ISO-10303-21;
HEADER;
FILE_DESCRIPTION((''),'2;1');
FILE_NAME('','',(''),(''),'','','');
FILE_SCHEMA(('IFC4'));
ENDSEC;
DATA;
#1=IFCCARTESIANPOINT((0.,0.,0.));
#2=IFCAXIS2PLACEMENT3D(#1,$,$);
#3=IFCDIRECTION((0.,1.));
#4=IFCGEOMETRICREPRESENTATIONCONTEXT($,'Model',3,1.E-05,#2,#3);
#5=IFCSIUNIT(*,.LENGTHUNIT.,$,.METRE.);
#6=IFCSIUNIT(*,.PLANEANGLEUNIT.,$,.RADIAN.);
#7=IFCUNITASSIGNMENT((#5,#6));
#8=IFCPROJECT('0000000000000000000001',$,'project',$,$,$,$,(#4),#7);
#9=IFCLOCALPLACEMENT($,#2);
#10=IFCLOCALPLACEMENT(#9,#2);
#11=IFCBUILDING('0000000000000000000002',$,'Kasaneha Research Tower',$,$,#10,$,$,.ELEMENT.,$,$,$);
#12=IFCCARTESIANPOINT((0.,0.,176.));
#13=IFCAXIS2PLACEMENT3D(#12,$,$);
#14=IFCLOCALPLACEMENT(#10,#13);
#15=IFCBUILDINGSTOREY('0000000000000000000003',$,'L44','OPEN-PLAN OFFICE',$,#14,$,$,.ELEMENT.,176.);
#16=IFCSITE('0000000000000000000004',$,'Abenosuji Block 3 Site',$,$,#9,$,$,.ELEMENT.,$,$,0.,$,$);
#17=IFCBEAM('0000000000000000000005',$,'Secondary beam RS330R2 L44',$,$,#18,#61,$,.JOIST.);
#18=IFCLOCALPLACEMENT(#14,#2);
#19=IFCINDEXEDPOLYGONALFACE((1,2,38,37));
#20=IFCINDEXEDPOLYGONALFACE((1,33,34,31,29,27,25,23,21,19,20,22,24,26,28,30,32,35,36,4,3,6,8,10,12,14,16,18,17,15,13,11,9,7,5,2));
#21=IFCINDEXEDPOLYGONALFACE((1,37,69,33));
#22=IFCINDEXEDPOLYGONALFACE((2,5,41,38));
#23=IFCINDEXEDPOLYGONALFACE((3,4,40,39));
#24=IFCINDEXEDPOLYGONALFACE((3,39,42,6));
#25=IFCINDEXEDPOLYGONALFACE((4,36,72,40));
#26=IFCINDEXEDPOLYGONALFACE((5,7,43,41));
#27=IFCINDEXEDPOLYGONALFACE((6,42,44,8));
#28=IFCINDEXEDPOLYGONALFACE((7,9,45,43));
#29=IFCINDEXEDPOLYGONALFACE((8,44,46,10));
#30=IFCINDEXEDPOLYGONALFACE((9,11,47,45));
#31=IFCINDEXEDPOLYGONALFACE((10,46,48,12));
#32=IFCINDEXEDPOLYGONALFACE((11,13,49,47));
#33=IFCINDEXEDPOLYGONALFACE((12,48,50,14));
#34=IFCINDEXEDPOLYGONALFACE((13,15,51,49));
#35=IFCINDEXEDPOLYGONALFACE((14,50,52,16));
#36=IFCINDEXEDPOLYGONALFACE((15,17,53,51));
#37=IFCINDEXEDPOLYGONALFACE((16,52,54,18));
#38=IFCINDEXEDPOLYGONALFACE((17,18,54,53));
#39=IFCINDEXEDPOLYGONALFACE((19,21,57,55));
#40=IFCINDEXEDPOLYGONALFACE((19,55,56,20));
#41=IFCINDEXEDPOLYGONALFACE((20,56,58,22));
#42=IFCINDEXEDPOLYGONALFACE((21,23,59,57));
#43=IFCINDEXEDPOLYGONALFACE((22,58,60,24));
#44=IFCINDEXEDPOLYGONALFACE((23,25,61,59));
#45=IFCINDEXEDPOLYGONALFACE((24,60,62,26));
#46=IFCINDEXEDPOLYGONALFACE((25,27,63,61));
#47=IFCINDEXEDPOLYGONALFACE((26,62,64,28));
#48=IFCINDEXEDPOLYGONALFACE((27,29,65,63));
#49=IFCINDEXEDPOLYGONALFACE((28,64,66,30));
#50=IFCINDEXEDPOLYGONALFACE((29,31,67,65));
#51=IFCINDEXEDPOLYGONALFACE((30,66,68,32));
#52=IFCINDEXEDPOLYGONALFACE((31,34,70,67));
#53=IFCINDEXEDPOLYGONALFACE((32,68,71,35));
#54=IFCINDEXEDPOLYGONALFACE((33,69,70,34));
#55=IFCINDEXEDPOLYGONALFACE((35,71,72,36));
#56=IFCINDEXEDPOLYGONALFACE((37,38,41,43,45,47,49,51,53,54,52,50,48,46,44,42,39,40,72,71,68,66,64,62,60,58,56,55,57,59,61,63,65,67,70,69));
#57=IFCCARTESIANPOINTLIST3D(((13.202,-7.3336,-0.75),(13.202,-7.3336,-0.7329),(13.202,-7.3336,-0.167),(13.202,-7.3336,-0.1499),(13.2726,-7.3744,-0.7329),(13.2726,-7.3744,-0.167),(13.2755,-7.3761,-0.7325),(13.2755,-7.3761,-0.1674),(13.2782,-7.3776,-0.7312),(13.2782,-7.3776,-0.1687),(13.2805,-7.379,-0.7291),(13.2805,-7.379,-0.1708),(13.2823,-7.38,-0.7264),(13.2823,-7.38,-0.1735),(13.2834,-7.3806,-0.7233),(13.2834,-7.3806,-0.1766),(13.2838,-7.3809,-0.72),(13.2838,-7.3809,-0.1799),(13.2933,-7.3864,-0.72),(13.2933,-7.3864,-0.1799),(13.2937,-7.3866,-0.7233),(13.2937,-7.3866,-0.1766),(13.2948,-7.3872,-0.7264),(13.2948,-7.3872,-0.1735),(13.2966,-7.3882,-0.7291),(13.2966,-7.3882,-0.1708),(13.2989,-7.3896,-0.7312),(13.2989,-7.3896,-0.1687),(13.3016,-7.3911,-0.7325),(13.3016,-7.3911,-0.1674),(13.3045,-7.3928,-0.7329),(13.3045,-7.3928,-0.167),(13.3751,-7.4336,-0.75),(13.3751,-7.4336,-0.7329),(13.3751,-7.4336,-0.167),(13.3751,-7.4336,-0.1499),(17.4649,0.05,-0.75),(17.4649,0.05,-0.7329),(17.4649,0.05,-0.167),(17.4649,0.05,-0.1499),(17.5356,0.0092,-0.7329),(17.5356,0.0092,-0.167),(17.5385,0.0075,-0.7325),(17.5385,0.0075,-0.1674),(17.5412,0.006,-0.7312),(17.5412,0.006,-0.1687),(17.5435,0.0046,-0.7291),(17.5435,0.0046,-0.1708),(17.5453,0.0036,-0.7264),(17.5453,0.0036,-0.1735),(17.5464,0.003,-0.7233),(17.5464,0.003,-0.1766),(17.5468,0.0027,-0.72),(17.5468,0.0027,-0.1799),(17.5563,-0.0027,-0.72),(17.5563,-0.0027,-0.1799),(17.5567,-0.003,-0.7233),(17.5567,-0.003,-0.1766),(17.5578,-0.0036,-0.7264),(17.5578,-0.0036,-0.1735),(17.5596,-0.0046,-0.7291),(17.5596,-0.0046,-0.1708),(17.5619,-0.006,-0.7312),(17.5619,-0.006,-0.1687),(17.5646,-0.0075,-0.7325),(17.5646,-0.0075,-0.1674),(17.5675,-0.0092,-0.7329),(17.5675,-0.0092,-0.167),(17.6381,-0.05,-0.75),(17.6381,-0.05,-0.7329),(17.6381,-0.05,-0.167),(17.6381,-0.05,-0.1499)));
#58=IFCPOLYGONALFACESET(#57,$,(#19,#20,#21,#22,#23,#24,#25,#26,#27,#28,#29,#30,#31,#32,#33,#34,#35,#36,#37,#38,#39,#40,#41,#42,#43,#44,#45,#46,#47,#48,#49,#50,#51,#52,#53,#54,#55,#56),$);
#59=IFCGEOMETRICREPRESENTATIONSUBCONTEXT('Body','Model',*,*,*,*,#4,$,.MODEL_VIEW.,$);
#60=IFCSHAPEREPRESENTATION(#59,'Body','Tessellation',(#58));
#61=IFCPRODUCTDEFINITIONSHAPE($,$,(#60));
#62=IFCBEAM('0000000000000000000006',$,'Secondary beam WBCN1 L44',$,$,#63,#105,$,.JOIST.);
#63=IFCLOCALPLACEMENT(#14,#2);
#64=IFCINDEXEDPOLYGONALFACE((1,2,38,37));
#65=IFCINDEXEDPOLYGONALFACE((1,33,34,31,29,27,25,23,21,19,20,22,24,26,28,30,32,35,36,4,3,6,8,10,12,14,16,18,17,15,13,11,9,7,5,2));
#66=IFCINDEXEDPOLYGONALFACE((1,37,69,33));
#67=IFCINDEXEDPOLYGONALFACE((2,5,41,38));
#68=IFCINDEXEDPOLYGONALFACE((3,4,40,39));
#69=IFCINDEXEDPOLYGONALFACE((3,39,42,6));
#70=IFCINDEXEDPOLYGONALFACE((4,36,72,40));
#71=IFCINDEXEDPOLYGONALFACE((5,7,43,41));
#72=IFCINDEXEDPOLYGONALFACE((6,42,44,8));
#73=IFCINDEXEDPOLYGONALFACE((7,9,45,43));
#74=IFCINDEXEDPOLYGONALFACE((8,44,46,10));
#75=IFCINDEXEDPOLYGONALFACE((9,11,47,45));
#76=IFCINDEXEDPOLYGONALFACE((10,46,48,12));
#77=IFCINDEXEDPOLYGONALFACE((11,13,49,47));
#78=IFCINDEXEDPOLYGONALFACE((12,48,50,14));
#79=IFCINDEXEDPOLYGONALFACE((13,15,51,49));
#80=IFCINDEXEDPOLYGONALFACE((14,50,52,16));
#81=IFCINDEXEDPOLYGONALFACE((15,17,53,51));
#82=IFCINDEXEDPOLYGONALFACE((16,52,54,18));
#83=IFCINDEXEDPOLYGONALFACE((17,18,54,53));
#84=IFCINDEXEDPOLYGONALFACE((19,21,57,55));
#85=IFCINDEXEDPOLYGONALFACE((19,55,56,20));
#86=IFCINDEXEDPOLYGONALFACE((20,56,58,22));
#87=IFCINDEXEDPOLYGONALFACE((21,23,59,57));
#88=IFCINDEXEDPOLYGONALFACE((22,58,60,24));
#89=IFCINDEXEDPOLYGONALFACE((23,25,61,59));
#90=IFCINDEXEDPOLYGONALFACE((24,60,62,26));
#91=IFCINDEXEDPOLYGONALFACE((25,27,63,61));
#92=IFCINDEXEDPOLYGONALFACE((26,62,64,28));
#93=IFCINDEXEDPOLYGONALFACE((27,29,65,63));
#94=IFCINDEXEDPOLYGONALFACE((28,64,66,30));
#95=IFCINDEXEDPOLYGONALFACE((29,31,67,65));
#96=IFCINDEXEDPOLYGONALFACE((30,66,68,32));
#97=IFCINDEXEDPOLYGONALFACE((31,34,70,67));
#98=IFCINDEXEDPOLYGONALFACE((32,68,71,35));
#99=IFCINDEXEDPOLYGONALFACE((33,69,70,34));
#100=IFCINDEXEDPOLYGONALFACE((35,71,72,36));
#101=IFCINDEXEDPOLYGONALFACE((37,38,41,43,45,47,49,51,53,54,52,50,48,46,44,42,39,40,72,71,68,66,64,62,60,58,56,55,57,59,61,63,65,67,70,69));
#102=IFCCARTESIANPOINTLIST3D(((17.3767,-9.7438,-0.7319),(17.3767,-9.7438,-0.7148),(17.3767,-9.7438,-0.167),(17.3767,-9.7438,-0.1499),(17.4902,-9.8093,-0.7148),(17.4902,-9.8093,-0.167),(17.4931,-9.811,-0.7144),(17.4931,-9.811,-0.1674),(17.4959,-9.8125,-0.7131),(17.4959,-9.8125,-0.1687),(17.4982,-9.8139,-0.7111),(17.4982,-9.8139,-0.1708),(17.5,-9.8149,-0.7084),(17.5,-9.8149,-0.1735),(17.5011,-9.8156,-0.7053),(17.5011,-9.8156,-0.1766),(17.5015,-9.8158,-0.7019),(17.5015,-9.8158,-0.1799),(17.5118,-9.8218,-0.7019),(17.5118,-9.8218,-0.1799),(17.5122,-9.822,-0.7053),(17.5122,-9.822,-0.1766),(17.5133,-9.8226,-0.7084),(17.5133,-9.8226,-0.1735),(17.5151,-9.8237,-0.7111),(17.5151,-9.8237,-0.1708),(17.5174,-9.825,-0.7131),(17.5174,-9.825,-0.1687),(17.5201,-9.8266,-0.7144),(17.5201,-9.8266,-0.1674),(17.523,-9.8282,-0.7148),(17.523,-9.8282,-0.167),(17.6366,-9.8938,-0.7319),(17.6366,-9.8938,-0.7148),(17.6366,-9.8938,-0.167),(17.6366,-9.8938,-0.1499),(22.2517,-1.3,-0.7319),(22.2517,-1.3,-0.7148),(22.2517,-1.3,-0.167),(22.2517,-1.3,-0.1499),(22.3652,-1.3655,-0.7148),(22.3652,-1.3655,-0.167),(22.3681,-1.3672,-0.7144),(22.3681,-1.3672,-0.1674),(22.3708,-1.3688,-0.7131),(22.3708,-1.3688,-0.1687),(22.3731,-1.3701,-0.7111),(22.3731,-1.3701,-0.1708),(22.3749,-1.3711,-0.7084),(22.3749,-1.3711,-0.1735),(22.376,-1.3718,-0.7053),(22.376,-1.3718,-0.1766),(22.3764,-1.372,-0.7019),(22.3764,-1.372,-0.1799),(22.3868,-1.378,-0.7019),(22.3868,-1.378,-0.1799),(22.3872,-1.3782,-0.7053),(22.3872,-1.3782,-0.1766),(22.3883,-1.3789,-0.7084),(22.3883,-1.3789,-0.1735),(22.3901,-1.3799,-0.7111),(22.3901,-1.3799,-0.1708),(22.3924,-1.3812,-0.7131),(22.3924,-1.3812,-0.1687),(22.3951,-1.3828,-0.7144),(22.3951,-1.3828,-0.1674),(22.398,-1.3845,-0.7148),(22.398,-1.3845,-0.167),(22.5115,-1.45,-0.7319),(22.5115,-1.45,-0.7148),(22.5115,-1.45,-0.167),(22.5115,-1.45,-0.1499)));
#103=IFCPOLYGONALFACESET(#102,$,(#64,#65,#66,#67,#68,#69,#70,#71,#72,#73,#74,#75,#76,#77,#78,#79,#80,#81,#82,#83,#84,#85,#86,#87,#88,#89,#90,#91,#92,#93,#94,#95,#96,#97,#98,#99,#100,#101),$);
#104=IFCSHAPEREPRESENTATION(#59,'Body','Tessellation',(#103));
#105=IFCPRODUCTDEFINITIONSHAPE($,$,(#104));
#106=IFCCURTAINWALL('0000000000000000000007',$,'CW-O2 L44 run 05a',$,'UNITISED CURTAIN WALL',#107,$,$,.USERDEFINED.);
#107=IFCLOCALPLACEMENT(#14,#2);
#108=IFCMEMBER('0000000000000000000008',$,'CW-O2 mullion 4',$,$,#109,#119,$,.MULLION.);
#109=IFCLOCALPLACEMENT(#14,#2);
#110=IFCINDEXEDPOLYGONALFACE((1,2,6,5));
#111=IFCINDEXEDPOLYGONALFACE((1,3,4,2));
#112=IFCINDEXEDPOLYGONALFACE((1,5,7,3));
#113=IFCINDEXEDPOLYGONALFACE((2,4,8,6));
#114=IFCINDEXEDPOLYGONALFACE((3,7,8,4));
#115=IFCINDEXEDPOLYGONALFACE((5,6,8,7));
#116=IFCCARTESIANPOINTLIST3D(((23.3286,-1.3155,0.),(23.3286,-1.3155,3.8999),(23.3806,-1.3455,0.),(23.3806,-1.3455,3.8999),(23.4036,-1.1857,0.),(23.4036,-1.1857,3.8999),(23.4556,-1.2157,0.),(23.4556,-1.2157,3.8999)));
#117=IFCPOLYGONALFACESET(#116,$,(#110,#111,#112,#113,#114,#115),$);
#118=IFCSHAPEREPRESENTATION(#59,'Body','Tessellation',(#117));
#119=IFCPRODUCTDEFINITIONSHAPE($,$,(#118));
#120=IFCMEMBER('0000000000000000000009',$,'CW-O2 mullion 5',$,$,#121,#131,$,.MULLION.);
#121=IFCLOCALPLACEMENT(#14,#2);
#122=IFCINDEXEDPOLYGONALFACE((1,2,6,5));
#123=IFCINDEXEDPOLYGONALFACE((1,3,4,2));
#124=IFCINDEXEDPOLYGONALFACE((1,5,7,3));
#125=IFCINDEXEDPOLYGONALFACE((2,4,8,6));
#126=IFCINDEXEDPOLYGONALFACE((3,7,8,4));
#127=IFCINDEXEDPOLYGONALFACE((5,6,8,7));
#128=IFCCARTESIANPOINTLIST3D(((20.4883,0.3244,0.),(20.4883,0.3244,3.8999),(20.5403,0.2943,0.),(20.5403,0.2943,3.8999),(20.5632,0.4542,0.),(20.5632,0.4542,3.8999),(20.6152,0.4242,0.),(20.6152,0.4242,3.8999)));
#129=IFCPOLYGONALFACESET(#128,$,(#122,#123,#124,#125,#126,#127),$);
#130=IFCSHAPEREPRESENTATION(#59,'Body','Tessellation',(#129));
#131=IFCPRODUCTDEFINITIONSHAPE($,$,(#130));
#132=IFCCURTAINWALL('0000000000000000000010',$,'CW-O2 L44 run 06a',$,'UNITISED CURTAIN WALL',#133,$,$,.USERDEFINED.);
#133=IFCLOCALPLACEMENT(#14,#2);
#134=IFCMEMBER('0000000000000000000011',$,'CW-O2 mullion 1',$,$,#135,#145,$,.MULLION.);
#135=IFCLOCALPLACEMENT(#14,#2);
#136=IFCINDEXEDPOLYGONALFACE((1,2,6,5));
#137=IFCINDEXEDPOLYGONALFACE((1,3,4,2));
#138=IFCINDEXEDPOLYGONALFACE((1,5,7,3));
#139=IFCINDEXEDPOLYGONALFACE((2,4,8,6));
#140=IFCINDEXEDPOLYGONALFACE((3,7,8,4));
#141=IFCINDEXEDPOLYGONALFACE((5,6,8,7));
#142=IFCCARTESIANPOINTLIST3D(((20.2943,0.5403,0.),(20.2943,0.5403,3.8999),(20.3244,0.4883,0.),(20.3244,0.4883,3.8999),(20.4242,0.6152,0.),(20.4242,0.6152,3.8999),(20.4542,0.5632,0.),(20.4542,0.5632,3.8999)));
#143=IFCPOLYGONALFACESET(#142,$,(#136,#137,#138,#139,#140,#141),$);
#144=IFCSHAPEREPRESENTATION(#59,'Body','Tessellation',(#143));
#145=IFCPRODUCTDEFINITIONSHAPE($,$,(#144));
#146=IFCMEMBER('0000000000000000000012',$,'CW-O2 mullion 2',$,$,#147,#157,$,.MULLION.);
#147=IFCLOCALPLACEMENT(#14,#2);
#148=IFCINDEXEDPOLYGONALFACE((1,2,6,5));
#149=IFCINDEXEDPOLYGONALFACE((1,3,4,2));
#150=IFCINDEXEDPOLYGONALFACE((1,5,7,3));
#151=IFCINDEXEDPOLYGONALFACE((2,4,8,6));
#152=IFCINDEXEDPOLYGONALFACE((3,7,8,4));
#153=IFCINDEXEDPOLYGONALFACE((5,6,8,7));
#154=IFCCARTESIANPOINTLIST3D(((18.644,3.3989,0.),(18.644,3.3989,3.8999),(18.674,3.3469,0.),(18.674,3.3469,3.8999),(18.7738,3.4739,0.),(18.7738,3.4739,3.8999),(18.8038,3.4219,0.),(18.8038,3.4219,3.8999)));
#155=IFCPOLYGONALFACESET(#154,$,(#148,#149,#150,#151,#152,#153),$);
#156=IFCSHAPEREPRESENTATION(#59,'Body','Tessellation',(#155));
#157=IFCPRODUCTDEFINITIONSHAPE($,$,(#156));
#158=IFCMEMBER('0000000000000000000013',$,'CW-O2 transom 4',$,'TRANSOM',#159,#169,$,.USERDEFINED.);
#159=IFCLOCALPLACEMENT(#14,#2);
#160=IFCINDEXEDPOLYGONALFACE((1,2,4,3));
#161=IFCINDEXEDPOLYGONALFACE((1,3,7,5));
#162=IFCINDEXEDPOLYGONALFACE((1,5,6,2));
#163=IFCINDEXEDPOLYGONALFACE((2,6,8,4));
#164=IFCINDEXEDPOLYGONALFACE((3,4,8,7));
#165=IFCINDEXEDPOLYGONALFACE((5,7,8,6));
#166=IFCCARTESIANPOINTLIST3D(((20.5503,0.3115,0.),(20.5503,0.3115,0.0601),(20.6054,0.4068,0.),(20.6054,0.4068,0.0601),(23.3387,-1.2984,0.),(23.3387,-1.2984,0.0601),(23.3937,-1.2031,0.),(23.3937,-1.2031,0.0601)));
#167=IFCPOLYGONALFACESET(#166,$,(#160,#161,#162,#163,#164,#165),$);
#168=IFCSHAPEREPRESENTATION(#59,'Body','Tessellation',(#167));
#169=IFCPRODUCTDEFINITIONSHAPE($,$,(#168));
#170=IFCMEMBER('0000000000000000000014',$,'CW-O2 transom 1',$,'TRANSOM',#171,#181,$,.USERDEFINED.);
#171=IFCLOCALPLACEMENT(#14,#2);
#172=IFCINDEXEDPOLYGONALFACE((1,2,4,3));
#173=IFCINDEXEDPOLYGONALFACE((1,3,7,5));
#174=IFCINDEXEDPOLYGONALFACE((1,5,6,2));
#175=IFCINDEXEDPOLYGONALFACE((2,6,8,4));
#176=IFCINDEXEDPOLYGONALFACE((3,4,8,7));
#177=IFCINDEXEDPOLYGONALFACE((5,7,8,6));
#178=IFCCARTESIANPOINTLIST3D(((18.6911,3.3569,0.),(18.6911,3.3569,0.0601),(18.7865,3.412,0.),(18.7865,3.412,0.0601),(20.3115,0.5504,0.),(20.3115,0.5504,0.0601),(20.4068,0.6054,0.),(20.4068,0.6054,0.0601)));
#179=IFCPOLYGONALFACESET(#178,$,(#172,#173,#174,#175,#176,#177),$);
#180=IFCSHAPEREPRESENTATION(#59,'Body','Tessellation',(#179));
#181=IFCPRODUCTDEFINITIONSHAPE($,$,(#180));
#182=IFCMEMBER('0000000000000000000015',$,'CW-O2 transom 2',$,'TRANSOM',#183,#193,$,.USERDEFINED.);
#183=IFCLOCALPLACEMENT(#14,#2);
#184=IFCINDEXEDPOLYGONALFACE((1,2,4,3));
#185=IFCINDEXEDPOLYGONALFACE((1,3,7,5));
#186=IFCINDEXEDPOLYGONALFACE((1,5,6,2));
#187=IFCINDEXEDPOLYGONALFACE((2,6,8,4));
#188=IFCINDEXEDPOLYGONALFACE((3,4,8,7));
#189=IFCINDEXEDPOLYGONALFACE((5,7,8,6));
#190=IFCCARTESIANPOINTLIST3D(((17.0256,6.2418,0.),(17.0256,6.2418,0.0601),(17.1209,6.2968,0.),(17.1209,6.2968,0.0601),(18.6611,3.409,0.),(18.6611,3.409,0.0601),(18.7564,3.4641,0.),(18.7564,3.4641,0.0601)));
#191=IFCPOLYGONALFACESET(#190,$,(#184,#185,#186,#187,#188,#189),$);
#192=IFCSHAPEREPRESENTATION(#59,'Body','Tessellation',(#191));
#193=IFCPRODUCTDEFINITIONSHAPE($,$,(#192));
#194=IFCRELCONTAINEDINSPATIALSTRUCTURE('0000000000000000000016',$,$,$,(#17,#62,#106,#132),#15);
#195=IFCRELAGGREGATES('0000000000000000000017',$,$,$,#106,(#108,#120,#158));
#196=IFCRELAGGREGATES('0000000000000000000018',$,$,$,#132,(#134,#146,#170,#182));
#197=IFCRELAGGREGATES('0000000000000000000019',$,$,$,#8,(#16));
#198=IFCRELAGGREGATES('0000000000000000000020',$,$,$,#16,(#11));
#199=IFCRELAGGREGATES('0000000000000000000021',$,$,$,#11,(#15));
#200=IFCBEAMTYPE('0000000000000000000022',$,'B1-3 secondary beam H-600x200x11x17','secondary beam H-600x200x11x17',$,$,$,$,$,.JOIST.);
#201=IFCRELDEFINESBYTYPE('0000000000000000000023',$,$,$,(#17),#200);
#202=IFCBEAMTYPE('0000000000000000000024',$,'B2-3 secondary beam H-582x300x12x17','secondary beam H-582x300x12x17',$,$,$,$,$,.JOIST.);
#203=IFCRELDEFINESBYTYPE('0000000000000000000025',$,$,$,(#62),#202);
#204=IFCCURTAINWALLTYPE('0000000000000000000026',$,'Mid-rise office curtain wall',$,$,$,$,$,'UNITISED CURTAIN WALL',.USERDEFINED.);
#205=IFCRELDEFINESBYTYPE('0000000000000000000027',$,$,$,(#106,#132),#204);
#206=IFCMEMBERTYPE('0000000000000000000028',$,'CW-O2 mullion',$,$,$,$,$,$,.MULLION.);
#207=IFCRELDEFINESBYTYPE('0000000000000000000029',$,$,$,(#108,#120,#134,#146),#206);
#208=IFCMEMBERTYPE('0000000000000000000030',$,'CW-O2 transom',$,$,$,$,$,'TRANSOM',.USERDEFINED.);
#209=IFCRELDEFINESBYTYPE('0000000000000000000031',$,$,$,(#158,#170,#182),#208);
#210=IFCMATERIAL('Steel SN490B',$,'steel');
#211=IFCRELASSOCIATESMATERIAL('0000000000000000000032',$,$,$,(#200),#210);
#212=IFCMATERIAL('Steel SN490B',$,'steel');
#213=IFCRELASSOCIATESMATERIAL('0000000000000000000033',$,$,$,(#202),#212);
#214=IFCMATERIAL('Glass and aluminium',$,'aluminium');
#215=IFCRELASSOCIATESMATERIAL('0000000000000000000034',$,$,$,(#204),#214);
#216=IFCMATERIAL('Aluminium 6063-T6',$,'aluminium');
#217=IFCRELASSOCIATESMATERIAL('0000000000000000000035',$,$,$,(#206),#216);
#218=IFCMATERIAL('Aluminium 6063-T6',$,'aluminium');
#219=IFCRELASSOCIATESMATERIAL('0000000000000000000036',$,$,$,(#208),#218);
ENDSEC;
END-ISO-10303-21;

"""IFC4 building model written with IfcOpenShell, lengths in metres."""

from ifc_helpers import new_model, si_unit, direction, frame, origin, origin_2d, place, context, subcontext, project, spatial, rectangle, i_section, extrude, material, material_profile, profile_set, type_object, element, aggregate, save


model = new_model("IFC4")

# Units and contexts
model_context = context("Model", 3, precision=1e-05, world=origin(), true_north=direction((0.0, 1.0)))
body_context = subcontext(model_context, "Body", "Model", "MODEL_VIEW")
ifc_project = project(units=[si_unit("LENGTHUNIT", "METRE"), si_unit("PLANEANGLEUNIT", "RADIAN")], contexts=[model_context])

# Site, building, storey
site_placement = place(None, origin())
site = spatial("IfcSite", under=ifc_project, at=site_placement, Name="Abenosuji Block 3 Site", CompositionType="ELEMENT", RefElevation=0.0)
building_placement = place(site_placement, origin())
building = spatial("IfcBuilding", under=site, at=building_placement, Name="Kasaneha Research Tower", CompositionType="ELEMENT")
storey_placement = place(building_placement, frame((0.0, 0.0, 176.0)))
storey = spatial("IfcBuildingStorey", under=building, at=storey_placement, Name="L44", Description="OPEN-PLAN OFFICE", CompositionType="ELEMENT", Elevation=176.0)

# Beams
ifc_material_1 = material(Name="Steel SN490B", Category="steel")
ifc_material_profile_1 = material_profile(ifc_material_1, i_section(OverallWidth=0.2, OverallDepth=0.6001, WebThickness=0.011, FlangeThickness=0.0171, FilletRadius=0.0129, at=origin_2d()), Name="H-600x200x11x17")
ifc_profile_set_1 = profile_set([ifc_material_profile_1], Name="Steel SN490B")
beam_type_1 = type_object("IfcBeamType", Name="B1-3 secondary beam H-600x200x11x17", Description="secondary beam H-600x200x11x17", PredefinedType="JOIST", material=ifc_profile_set_1)
beam_1_placement = place(storey_placement, frame((17.5515, 0.0, -0.45), z_axis=(-0.500004, -0.866023, 0.0), x_axis=(0.866023, -0.500004, 0.0)))
element("IfcBeam", 1, at=beam_1_placement, inside=storey, type_object=beam_type_1, Name="Secondary beam RS330R2 L44", PredefinedType="JOIST", context=body_context, shape_type="SweptSolid", body=[
    extrude(i_section(OverallWidth=0.2, OverallDepth=0.6001, WebThickness=0.011, FlangeThickness=0.0171, FilletRadius=0.0129, at=origin_2d()), origin(), (0.0, 0.0, 1.0), 8.5259),
])
ifc_material_2 = material(Name="Steel SN490B", Category="steel")
ifc_material_profile_2 = material_profile(ifc_material_2, i_section(OverallWidth=0.3, OverallDepth=0.582, WebThickness=0.012, FlangeThickness=0.0171, FilletRadius=0.0129, at=origin_2d()), Name="H-582x300x12x17")
ifc_profile_set_2 = profile_set([ifc_material_profile_2], Name="Steel SN490B")
beam_type_2 = type_object("IfcBeamType", Name="B2-3 secondary beam H-582x300x12x17", Description="secondary beam H-582x300x12x17", PredefinedType="JOIST", material=ifc_profile_set_2)
beam_2_placement = place(storey_placement, frame((22.3816, -1.375, -0.4409), z_axis=(-0.499996, -0.866028, 0.0), x_axis=(0.866028, -0.499996, 0.0)))
element("IfcBeam", 2, at=beam_2_placement, inside=storey, type_object=beam_type_2, Name="Secondary beam WBCN1 L44", PredefinedType="JOIST", context=body_context, shape_type="SweptSolid", body=[
    extrude(i_section(OverallWidth=0.3, OverallDepth=0.582, WebThickness=0.012, FlangeThickness=0.0171, FilletRadius=0.0129, at=origin_2d()), origin(), (0.0, 0.0, 1.0), 9.75),
])

# Curtain walls, members
ifc_material_3 = material(Name="Glass and aluminium", Category="aluminium")
curtain_wall_type = type_object("IfcCurtainWallType", Name="Mid-rise office curtain wall", ElementType="UNITISED CURTAIN WALL", PredefinedType="USERDEFINED", material=ifc_material_3)
curtain_wall_1_placement = place(storey_placement, origin())
curtain_wall_1 = element("IfcCurtainWall", 3, at=curtain_wall_1_placement, inside=storey, type_object=curtain_wall_type, Name="CW-O2 L44 run 05a", ObjectType="UNITISED CURTAIN WALL", PredefinedType="USERDEFINED")
ifc_material_4 = material(Name="Aluminium 6063-T6", Category="aluminium")
ifc_material_profile_3 = material_profile(ifc_material_4, rectangle(XDim=0.0601, YDim=0.1499, at=origin_2d()), Name="CW-O2 mullion 60x150")
ifc_profile_set_3 = profile_set([ifc_material_profile_3], Name="Aluminium 6063-T6")
member_type_1 = type_object("IfcMemberType", Name="CW-O2 mullion", PredefinedType="MULLION", material=ifc_profile_set_3)
member_1_placement = place(storey_placement, frame((23.3921, -1.2656, 0.0), z_axis=(0.0, 0.0, 1.0), x_axis=(-0.866025, 0.5, 0.0)))
member_1 = element("IfcMember", 4, at=member_1_placement, type_object=member_type_1, Name="CW-O2 mullion 4", PredefinedType="MULLION", context=body_context, shape_type="SweptSolid", body=[
    extrude(rectangle(XDim=0.0601, YDim=0.1499, at=origin_2d()), origin(), (0.0, 0.0, 1.0), 3.8999),
])
member_2_placement = place(storey_placement, frame((20.5518, 0.3743, 0.0), z_axis=(0.0, 0.0, 1.0), x_axis=(-0.866025, 0.5, 0.0)))
member_2 = element("IfcMember", 5, at=member_2_placement, type_object=member_type_1, Name="CW-O2 mullion 5", PredefinedType="MULLION", context=body_context, shape_type="SweptSolid", body=[
    extrude(rectangle(XDim=0.0601, YDim=0.1499, at=origin_2d()), origin(), (0.0, 0.0, 1.0), 3.8999),
])
curtain_wall_2_placement = place(storey_placement, origin())
curtain_wall_2 = element("IfcCurtainWall", 6, at=curtain_wall_2_placement, inside=storey, type_object=curtain_wall_type, Name="CW-O2 L44 run 06a", ObjectType="UNITISED CURTAIN WALL", PredefinedType="USERDEFINED")
member_3_placement = place(storey_placement, frame((20.3743, 0.5518, 0.0), z_axis=(0.0, 0.0, 1.0), x_axis=(-0.5, 0.866025, 0.0)))
member_3 = element("IfcMember", 7, at=member_3_placement, type_object=member_type_1, Name="CW-O2 mullion 1", PredefinedType="MULLION", context=body_context, shape_type="SweptSolid", body=[
    extrude(rectangle(XDim=0.0601, YDim=0.1499, at=origin_2d()), origin(), (0.0, 0.0, 1.0), 3.8999),
])
member_4_placement = place(storey_placement, frame((18.7239, 3.4104, 0.0), z_axis=(0.0, 0.0, 1.0), x_axis=(-0.5, 0.866025, 0.0)))
member_4 = element("IfcMember", 8, at=member_4_placement, type_object=member_type_1, Name="CW-O2 mullion 2", PredefinedType="MULLION", context=body_context, shape_type="SweptSolid", body=[
    extrude(rectangle(XDim=0.0601, YDim=0.1499, at=origin_2d()), origin(), (0.0, 0.0, 1.0), 3.8999),
])

# Members
ifc_material_5 = material(Name="Aluminium 6063-T6", Category="aluminium")
ifc_material_profile_4 = material_profile(ifc_material_5, rectangle(XDim=0.1101, YDim=0.0601, at=origin_2d()), Name="CW-O2 transom 110x60")
ifc_profile_set_4 = profile_set([ifc_material_profile_4], Name="Aluminium 6063-T6")
member_type_2 = type_object("IfcMemberType", Name="CW-O2 transom", ElementType="TRANSOM", PredefinedType="USERDEFINED", material=ifc_profile_set_4)
member_5_placement = place(storey_placement, frame((23.3662, -1.2507, 0.03), z_axis=(-0.866023, 0.500005, 0.0), x_axis=(-0.500005, -0.866023, 0.0)))
member_5 = element("IfcMember", 9, at=member_5_placement, type_object=member_type_2, Name="CW-O2 transom 4", ObjectType="TRANSOM", PredefinedType="USERDEFINED", context=body_context, shape_type="SweptSolid", body=[
    extrude(rectangle(XDim=0.1101, YDim=0.0601, at=origin_2d()), origin(), (0.0, 0.0, 1.0), 3.2197),
])
member_6_placement = place(storey_placement, frame((20.3591, 0.5779, 0.03), z_axis=(-0.499988, 0.866033, 0.0), x_axis=(-0.866033, -0.499988, 0.0)))
member_6 = element("IfcMember", 10, at=member_6_placement, type_object=member_type_2, Name="CW-O2 transom 1", ObjectType="TRANSOM", PredefinedType="USERDEFINED", context=body_context, shape_type="SweptSolid", body=[
    extrude(rectangle(XDim=0.1101, YDim=0.0601, at=origin_2d()), origin(), (0.0, 0.0, 1.0), 3.2407),
])
member_7_placement = place(storey_placement, frame((18.7087, 3.4365, 0.03), z_axis=(-0.5, 0.866025, 0.0), x_axis=(-0.866025, -0.5, 0.0)))
member_7 = element("IfcMember", 11, at=member_7_placement, type_object=member_type_2, Name="CW-O2 transom 2", ObjectType="TRANSOM", PredefinedType="USERDEFINED", context=body_context, shape_type="SweptSolid", body=[
    extrude(rectangle(XDim=0.1101, YDim=0.0601, at=origin_2d()), origin(), (0.0, 0.0, 1.0), 3.271),
])

aggregate(curtain_wall_1, [member_1, member_2, member_5])
aggregate(curtain_wall_2, [member_3, member_4, member_6, member_7])

save(model, "model.ifc")
